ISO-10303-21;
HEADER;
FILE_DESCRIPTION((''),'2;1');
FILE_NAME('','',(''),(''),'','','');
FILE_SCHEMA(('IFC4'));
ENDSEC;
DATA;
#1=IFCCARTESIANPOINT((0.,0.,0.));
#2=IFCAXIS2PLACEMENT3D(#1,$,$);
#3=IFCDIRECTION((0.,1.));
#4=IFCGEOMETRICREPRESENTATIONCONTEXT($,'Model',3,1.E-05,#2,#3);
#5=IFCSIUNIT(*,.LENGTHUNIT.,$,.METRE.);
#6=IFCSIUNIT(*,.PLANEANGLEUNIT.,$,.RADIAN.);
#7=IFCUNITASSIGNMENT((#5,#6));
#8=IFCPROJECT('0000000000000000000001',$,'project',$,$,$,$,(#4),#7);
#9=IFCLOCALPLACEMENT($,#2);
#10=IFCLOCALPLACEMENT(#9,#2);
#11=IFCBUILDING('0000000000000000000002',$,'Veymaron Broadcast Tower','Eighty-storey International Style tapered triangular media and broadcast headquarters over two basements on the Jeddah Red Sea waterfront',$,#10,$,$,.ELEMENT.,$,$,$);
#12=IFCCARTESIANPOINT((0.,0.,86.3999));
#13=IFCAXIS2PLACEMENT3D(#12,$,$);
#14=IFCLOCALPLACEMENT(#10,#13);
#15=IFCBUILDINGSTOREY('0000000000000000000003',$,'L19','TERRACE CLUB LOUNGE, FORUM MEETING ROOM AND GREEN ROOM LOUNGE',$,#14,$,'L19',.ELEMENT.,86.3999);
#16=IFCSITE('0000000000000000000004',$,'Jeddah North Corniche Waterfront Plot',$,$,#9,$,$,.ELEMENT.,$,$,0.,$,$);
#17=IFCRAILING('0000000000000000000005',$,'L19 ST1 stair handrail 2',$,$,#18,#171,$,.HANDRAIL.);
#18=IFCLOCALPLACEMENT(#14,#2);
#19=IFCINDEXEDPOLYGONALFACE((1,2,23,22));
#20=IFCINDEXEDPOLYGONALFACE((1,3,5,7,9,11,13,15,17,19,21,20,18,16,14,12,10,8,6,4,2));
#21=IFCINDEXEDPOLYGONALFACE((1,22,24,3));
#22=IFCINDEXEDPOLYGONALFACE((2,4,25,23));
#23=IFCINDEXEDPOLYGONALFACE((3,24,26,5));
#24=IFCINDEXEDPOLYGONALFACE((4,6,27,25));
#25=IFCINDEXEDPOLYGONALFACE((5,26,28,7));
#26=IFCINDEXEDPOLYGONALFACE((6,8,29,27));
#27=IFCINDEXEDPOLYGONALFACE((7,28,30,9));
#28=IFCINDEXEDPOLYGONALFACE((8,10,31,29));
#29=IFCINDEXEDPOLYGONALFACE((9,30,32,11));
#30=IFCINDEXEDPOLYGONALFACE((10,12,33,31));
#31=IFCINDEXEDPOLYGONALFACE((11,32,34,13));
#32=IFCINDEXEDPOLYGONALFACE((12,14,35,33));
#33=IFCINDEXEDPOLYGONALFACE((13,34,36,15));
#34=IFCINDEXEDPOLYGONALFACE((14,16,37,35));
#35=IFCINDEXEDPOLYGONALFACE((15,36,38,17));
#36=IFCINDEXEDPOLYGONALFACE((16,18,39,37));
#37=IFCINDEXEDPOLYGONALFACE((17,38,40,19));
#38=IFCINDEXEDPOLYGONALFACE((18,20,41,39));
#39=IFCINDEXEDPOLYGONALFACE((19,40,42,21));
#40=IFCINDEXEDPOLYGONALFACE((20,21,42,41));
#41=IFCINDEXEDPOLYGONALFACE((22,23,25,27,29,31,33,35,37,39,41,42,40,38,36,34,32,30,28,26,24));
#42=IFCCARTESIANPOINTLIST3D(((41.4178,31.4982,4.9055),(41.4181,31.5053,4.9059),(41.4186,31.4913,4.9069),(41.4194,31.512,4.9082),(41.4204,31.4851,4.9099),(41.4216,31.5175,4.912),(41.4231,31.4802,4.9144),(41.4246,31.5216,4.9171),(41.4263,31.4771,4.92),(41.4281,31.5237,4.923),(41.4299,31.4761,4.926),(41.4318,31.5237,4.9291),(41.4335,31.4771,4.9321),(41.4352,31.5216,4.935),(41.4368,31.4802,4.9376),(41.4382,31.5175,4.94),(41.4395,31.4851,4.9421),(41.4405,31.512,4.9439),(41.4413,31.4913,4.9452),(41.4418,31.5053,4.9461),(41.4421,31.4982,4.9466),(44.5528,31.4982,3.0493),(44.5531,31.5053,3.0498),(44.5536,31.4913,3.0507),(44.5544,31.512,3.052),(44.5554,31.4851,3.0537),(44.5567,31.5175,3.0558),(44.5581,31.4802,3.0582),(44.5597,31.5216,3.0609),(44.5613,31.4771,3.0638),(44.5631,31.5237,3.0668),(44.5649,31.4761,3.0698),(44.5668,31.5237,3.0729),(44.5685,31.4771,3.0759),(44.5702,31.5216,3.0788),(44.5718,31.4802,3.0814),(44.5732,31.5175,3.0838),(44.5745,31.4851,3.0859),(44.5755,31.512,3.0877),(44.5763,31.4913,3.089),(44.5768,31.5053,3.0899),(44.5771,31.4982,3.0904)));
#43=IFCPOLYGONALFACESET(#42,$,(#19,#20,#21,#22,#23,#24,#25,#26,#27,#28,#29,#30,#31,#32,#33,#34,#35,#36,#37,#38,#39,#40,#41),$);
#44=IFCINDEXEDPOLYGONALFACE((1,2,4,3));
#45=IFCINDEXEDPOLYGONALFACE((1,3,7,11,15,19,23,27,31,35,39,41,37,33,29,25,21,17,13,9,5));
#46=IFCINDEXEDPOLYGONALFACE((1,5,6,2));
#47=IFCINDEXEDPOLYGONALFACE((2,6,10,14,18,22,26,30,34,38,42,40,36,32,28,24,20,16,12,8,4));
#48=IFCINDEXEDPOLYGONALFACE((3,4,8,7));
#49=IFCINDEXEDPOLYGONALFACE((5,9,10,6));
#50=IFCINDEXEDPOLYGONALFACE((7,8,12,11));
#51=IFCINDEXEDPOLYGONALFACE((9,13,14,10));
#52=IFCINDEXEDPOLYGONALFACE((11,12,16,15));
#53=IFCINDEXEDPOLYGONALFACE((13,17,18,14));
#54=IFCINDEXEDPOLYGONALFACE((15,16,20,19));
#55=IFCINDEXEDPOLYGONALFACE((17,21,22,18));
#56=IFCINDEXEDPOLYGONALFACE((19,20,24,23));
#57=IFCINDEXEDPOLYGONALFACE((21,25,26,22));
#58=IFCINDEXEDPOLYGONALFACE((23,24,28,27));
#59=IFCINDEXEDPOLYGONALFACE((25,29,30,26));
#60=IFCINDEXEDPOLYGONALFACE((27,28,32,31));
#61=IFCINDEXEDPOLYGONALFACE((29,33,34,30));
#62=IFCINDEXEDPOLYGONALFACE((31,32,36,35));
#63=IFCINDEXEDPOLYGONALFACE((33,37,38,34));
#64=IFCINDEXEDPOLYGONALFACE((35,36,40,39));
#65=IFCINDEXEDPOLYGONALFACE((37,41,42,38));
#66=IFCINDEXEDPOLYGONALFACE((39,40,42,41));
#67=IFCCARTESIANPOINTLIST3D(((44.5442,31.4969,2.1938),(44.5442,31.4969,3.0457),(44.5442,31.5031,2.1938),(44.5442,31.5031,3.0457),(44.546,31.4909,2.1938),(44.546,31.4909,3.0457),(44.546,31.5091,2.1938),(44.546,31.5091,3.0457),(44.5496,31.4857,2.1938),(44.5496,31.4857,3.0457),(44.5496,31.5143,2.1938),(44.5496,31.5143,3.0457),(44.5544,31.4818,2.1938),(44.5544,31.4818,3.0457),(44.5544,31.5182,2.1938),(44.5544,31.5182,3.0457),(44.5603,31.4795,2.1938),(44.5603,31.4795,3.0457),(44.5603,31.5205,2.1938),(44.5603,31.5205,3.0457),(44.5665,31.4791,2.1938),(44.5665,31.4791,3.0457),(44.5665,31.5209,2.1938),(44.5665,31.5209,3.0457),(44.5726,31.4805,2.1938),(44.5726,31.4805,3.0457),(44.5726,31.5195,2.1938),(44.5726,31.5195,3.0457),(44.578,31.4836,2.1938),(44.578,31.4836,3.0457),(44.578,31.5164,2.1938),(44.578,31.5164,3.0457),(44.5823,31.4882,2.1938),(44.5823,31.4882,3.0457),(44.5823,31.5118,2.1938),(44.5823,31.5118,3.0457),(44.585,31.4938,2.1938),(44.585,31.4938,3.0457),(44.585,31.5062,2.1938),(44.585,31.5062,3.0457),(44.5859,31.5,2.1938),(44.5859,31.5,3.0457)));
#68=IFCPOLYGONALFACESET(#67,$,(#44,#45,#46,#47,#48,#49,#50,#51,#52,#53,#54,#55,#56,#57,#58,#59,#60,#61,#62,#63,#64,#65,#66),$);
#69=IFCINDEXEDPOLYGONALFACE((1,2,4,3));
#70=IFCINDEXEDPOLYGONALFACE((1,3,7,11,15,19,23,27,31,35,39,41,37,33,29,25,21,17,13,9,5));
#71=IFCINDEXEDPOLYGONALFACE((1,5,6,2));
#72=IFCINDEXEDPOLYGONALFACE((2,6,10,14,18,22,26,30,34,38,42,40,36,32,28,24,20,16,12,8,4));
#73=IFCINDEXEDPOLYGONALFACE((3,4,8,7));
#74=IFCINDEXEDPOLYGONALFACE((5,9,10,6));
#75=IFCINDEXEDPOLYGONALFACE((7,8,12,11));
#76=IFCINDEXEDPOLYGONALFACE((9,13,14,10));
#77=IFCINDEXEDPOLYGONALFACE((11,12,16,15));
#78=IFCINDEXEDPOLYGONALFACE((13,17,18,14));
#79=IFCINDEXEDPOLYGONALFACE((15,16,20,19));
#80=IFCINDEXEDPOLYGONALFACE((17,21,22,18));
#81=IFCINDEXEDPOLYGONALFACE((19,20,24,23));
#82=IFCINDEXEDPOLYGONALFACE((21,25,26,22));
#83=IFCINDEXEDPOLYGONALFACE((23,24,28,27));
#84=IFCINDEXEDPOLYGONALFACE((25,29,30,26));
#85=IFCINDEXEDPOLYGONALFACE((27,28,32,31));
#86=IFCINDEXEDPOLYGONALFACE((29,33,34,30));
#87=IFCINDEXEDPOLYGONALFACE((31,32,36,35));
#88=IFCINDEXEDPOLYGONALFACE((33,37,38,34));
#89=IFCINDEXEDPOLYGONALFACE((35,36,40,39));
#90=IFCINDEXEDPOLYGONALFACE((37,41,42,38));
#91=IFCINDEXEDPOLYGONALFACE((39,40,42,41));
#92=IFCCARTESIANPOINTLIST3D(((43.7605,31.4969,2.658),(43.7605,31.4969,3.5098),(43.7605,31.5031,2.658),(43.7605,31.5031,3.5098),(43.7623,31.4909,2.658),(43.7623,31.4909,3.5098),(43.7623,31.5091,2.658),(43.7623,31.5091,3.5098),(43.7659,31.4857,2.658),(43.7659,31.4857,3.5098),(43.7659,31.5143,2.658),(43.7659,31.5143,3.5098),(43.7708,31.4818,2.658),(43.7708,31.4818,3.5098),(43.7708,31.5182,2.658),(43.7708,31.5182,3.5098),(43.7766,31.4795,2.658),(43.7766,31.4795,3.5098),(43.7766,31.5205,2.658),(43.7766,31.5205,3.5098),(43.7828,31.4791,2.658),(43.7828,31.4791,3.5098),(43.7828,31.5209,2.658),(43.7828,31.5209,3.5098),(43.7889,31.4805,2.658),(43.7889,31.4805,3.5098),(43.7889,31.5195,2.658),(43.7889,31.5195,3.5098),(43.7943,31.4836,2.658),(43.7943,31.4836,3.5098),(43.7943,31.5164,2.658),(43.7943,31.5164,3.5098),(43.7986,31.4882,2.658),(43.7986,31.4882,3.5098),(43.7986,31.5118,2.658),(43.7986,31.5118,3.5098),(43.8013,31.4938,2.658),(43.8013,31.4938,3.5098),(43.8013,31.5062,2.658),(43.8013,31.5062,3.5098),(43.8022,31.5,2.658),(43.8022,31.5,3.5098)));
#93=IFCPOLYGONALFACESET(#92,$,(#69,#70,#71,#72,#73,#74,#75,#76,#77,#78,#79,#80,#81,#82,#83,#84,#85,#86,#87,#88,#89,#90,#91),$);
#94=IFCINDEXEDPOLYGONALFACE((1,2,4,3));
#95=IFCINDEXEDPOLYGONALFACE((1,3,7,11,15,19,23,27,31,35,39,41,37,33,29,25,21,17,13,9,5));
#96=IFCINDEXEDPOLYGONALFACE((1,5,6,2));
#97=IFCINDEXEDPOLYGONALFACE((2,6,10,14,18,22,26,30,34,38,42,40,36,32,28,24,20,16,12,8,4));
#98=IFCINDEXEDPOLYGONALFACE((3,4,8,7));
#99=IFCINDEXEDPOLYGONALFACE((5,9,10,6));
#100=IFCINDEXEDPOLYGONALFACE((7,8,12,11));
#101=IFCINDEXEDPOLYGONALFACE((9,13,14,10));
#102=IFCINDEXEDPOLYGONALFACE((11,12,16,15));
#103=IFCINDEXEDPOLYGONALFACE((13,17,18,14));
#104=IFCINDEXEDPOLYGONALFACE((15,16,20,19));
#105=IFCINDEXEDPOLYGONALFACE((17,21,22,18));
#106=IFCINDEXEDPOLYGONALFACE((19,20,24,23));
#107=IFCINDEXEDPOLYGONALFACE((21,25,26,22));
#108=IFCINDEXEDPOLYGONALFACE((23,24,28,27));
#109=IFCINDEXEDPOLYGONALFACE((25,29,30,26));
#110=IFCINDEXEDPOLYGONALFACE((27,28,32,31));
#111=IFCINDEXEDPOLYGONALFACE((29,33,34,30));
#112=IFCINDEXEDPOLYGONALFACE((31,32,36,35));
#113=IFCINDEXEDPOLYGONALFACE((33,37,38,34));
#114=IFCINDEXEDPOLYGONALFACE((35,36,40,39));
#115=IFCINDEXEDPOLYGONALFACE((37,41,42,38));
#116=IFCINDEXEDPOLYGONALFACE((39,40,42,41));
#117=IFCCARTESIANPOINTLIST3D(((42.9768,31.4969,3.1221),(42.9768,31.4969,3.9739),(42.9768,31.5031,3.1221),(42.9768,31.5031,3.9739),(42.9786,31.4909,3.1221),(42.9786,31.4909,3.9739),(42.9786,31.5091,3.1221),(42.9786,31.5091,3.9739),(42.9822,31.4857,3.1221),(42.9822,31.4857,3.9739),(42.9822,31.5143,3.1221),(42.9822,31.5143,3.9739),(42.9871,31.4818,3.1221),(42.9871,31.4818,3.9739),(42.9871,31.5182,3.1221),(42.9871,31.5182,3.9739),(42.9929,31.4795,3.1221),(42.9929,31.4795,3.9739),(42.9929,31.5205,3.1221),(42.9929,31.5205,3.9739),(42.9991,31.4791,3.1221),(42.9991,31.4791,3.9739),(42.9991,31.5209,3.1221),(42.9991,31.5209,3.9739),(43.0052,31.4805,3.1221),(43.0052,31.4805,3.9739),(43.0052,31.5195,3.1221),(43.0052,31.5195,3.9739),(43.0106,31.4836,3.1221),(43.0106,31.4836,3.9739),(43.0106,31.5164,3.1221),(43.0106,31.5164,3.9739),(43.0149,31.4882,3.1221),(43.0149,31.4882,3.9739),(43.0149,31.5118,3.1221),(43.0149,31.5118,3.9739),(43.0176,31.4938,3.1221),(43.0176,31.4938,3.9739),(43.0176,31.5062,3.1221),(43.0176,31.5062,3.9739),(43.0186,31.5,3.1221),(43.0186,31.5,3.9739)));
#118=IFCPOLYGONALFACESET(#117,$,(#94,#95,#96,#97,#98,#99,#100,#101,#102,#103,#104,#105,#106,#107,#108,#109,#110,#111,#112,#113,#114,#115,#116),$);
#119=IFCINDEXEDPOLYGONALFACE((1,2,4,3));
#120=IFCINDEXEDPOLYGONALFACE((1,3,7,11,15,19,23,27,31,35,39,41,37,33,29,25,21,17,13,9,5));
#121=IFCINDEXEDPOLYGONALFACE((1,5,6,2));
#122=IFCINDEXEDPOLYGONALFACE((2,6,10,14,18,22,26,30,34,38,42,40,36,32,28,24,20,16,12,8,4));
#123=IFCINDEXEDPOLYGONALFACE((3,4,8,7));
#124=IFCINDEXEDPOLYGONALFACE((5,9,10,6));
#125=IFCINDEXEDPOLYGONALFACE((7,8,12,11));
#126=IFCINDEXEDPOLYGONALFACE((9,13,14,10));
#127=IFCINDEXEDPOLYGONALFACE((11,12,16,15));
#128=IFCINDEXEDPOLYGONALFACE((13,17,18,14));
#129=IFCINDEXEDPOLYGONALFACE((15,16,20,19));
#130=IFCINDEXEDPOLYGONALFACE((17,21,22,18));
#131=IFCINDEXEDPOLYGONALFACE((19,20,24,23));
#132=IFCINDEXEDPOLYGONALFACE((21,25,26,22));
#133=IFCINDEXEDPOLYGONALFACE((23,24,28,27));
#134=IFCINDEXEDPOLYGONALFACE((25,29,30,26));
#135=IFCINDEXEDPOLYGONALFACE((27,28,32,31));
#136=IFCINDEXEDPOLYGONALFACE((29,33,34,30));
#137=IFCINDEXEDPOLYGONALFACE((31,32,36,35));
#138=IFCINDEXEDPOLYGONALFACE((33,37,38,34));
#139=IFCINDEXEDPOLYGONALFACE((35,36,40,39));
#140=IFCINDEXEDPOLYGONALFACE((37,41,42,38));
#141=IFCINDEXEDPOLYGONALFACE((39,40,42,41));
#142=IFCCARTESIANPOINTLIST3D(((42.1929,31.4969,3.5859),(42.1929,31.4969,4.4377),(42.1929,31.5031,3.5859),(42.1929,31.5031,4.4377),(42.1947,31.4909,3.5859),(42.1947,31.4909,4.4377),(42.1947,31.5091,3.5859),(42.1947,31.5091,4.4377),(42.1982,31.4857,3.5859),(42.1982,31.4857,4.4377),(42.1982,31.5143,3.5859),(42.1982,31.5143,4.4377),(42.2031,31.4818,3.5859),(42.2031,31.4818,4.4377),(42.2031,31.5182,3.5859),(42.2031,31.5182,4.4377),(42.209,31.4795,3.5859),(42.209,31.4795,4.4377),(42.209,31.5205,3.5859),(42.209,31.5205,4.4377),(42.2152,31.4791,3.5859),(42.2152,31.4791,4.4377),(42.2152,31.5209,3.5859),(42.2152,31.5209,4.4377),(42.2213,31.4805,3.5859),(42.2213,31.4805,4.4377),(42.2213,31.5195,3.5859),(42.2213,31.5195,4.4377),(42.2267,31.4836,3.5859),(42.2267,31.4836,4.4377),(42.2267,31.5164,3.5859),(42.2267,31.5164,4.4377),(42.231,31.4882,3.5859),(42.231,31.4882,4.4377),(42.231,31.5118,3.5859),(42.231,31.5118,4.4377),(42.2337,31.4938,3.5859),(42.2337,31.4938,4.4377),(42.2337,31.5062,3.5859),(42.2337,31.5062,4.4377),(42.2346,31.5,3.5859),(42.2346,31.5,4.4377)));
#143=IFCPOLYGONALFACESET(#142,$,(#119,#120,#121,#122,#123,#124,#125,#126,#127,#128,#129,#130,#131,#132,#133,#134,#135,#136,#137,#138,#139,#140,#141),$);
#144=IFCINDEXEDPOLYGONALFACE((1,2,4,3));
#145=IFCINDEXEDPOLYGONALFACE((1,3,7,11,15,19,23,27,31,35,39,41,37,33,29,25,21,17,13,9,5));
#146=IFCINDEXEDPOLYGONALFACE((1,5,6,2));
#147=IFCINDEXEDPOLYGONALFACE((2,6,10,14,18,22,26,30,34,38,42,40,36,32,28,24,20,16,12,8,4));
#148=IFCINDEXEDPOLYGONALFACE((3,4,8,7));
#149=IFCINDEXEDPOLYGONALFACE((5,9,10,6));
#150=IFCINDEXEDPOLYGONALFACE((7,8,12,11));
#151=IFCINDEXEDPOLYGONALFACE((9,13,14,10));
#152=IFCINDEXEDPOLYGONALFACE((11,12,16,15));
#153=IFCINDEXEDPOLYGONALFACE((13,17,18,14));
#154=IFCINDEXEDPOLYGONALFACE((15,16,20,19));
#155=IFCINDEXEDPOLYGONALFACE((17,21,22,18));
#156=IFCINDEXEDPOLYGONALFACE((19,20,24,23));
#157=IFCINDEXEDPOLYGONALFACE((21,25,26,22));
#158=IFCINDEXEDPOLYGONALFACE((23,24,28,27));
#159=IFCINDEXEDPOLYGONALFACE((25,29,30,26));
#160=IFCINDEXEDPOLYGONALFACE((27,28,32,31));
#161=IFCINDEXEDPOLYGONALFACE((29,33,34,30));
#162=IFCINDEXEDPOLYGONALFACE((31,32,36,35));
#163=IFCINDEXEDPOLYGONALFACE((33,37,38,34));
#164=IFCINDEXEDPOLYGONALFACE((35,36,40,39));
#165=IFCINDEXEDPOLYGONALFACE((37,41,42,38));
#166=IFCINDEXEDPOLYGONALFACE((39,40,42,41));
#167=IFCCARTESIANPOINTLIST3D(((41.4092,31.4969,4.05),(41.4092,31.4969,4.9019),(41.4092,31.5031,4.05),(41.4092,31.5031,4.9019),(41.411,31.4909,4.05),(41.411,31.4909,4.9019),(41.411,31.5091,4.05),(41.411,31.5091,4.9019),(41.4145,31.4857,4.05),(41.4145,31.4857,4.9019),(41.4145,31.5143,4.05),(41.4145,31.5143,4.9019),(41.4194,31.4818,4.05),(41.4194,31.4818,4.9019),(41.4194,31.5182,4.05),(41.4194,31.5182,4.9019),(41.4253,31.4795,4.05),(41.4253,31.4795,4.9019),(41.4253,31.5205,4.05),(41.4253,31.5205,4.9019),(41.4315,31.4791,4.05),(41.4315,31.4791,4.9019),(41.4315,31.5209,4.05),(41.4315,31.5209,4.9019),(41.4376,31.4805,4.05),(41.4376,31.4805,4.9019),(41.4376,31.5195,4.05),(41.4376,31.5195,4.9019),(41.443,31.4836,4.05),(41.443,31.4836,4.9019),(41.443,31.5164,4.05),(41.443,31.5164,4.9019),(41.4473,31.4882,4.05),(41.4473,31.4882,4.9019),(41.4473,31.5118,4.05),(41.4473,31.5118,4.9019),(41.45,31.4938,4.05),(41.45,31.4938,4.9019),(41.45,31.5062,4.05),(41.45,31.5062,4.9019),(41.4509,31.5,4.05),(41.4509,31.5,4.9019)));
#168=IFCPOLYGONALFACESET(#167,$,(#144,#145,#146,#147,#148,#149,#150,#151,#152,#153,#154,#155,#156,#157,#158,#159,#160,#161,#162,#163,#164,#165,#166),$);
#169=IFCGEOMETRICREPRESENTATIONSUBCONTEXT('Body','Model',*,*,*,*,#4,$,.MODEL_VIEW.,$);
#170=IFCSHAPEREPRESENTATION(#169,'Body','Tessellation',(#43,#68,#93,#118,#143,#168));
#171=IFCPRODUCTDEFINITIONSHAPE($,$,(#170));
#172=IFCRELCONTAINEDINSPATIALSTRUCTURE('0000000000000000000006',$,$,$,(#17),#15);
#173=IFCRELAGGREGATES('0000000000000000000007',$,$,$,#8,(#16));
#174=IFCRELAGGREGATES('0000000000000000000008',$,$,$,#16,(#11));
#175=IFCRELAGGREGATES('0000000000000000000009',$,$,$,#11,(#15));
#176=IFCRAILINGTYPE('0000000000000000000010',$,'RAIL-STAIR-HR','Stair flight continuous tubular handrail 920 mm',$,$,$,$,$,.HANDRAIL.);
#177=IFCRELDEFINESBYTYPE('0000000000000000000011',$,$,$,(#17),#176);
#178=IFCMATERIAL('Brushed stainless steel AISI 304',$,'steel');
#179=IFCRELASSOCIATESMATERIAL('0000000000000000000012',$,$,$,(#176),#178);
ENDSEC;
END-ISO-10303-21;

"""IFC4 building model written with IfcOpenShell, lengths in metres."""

from ifc_helpers import new_model, si_unit, direction, frame, origin, origin_2d, place, context, subcontext, project, spatial, circle, extrude, material, type_object, element, save


model = new_model("IFC4")

# Units and contexts
model_context = context("Model", 3, precision=1e-05, world=origin(), true_north=direction((0.0, 1.0)))
body_context = subcontext(model_context, "Body", "Model", "MODEL_VIEW")
ifc_project = project(units=[si_unit("LENGTHUNIT", "METRE"), si_unit("PLANEANGLEUNIT", "RADIAN")], contexts=[model_context])

# Site, building, storey
site_placement = place(None, origin())
site = spatial("IfcSite", under=ifc_project, at=site_placement, Name="Jeddah North Corniche Waterfront Plot", CompositionType="ELEMENT", RefElevation=0.0)
building_placement = place(site_placement, origin())
building = spatial("IfcBuilding", under=site, at=building_placement, Name="Veymaron Broadcast Tower", Description="Eighty-storey International Style tapered triangular media and broadcast headquarters over two basements on the Jeddah Red Sea waterfront", CompositionType="ELEMENT")
storey_placement = place(building_placement, frame((0.0, 0.0, 86.3999)))
storey = spatial("IfcBuildingStorey", under=building, at=storey_placement, Name="L19", Description="TERRACE CLUB LOUNGE, FORUM MEETING ROOM AND GREEN ROOM LOUNGE", LongName="L19", CompositionType="ELEMENT", Elevation=86.3999)

# Shared definitions
ifc_material_1 = material(Name="Brushed stainless steel AISI 304", Category="steel")

# Railing
railing_type_1 = type_object("IfcRailingType", Name="RAIL-STAIR-HR", Description="Stair flight continuous tubular handrail 920 mm", PredefinedType="HANDRAIL", material=ifc_material_1)
railing_1_placement = place(storey_placement, frame((44.5649, 31.5, 2.1938)))
element("IfcRailing", 1, at=railing_1_placement, inside=storey, type_object=railing_type_1, Name="L19 ST1 stair handrail 2", PredefinedType="HANDRAIL", context=body_context, shape_type="SweptSolid", body=[
    extrude(circle(Radius=0.0239, at=origin_2d()), frame((0.0, 0.0, 0.876), z_axis=(-0.860482, 0.0, 0.509481), x_axis=(0.0, -1.0, 0.0)), (0.0, 0.0, 1.0), 3.6433),
    extrude(circle(Radius=0.021, at=origin_2d()), origin(), (0.0, 0.0, 1.0), 0.8518),
    extrude(circle(Radius=0.021, at=origin_2d()), frame((-0.7837, 0.0, 0.4641)), (0.0, 0.0, 1.0), 0.8518),
    extrude(circle(Radius=0.021, at=origin_2d()), frame((-1.5674, 0.0, 0.9282)), (0.0, 0.0, 1.0), 0.8518),
    extrude(circle(Radius=0.021, at=origin_2d()), frame((-2.3513, 0.0, 1.3921)), (0.0, 0.0, 1.0), 0.8518),
    extrude(circle(Radius=0.021, at=origin_2d()), frame((-3.135, 0.0, 1.8562)), (0.0, 0.0, 1.0), 0.8518),
])

save(model, "model.ifc")
